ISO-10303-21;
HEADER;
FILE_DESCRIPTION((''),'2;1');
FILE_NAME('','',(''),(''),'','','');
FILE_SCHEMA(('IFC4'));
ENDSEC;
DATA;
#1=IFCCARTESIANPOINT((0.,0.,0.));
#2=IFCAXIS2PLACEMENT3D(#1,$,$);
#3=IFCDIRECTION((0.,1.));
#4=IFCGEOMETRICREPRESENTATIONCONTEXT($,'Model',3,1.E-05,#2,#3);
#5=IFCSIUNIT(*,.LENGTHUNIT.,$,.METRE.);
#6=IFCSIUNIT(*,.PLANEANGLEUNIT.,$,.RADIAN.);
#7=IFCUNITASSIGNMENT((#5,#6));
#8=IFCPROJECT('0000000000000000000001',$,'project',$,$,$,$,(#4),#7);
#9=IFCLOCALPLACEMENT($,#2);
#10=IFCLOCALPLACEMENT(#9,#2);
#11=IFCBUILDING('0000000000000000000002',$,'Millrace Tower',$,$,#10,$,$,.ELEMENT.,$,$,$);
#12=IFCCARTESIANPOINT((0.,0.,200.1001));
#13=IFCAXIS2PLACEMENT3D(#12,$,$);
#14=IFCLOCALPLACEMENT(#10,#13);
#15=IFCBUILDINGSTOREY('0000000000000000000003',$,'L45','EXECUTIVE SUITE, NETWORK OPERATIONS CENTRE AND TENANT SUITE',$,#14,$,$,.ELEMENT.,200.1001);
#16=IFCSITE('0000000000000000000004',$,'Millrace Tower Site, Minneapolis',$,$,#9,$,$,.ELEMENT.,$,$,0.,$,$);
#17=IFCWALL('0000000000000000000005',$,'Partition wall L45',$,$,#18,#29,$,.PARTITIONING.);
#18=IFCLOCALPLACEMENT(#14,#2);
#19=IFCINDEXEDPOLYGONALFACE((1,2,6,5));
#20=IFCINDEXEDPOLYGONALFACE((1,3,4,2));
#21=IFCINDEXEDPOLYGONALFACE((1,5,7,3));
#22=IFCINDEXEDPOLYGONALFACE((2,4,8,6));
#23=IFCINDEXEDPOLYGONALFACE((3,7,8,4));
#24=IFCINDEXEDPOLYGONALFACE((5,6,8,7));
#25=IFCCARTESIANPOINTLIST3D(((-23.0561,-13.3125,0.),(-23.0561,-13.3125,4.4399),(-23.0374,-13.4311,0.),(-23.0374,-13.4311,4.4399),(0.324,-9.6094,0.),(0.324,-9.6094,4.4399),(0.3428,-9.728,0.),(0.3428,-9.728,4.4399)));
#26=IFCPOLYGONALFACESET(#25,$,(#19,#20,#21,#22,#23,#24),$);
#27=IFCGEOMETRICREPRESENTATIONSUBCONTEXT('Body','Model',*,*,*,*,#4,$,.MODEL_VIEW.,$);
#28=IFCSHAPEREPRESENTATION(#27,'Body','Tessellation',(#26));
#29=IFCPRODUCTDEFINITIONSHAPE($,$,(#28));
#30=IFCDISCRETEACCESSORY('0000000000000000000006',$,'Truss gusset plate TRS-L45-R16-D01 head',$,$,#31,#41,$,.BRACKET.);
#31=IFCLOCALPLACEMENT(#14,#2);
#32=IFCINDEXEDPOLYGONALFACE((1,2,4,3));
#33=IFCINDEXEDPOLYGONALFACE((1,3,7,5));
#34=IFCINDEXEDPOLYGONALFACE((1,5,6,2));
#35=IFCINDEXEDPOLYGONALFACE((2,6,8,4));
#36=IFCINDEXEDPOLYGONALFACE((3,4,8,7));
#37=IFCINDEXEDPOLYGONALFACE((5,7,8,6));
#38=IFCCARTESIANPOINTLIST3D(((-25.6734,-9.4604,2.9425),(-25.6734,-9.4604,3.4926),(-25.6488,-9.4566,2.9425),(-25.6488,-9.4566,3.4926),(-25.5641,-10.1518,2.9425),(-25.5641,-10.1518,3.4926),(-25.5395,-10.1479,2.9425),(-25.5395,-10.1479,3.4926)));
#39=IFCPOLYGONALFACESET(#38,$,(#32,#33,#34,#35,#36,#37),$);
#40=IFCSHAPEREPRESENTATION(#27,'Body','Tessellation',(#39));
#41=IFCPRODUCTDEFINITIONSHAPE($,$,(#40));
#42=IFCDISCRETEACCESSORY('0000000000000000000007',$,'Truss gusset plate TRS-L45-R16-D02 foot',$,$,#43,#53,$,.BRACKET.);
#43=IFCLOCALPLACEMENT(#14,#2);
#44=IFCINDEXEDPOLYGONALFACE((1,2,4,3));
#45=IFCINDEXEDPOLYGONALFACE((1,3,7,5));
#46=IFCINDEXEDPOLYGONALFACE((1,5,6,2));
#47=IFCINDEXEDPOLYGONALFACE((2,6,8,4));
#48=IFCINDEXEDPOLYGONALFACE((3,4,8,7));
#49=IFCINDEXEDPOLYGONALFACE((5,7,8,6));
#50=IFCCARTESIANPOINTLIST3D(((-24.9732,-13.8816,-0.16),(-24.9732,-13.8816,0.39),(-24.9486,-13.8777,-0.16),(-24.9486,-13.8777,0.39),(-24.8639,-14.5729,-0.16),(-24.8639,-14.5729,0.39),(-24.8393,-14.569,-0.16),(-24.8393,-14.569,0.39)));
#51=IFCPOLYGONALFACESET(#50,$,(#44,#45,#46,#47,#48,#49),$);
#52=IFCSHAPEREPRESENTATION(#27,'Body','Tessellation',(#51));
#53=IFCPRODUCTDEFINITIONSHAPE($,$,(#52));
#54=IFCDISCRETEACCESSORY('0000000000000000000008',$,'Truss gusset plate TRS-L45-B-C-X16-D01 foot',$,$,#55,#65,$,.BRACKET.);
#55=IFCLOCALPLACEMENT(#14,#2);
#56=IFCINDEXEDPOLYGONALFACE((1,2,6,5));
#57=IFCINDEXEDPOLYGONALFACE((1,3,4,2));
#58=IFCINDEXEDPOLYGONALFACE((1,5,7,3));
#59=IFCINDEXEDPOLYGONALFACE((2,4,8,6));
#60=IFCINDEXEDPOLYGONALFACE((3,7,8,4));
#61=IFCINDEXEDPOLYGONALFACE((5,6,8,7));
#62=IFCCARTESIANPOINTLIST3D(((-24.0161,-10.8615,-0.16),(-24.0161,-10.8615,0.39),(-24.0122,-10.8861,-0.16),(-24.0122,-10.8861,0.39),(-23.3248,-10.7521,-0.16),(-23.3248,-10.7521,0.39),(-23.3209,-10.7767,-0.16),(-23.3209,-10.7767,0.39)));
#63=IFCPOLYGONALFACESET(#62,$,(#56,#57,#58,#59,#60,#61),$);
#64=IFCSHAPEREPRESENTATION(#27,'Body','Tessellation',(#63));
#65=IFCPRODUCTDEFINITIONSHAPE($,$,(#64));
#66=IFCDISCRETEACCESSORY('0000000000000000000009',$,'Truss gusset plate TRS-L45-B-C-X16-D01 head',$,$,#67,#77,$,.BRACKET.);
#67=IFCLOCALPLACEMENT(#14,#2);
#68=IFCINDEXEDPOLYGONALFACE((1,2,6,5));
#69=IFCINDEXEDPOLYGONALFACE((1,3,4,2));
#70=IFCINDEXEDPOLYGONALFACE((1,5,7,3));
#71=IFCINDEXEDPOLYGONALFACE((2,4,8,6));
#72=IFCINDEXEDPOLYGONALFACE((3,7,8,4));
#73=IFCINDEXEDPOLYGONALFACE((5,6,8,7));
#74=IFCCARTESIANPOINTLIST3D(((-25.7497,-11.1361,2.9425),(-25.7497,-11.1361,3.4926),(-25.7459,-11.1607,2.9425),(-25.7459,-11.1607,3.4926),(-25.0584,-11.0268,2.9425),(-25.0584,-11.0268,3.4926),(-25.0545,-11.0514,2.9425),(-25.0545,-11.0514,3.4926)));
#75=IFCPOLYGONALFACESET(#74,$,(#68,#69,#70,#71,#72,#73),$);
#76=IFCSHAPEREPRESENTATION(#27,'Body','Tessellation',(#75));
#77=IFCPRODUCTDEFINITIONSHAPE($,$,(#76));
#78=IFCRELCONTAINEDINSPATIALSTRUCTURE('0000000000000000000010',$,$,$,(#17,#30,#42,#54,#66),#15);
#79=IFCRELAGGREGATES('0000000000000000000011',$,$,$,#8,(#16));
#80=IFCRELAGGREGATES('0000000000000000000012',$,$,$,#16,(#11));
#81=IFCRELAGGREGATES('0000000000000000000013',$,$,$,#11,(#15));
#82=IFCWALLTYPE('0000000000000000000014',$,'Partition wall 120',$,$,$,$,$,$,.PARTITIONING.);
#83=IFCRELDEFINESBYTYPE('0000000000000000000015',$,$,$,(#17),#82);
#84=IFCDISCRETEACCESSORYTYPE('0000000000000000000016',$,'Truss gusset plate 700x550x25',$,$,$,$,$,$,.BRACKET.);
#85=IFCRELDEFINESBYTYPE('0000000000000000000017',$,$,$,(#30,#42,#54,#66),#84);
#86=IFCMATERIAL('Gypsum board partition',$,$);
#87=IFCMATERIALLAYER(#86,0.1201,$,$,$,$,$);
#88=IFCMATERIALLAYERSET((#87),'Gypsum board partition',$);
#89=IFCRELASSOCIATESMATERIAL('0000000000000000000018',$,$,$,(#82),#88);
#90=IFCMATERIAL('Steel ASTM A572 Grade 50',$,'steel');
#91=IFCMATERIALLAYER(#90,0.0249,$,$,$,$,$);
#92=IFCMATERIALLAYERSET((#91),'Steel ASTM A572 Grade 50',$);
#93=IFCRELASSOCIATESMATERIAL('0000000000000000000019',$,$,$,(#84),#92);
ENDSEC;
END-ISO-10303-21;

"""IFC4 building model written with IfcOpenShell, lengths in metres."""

from ifc_helpers import new_model, si_unit, direction, frame, frame_2d, origin, origin_2d, place, context, subcontext, project, spatial, rectangle, extrude, material, layer, layer_set, type_object, element, save


model = new_model("IFC4")

# Units and contexts
model_context = context("Model", 3, precision=1e-05, world=origin(), true_north=direction((0.0, 1.0)))
body_context = subcontext(model_context, "Body", "Model", "MODEL_VIEW")
ifc_project = project(units=[si_unit("LENGTHUNIT", "METRE"), si_unit("PLANEANGLEUNIT", "RADIAN")], contexts=[model_context])

# Site, building, storey
site_placement = place(None, origin())
site = spatial("IfcSite", under=ifc_project, at=site_placement, Name="Millrace Tower Site, Minneapolis", CompositionType="ELEMENT", RefElevation=0.0)
building_placement = place(site_placement, origin())
building = spatial("IfcBuilding", under=site, at=building_placement, Name="Millrace Tower", CompositionType="ELEMENT")
storey_placement = place(building_placement, frame((0.0, 0.0, 200.1001)))
storey = spatial("IfcBuildingStorey", under=building, at=storey_placement, Name="L45", Description="EXECUTIVE SUITE, NETWORK OPERATIONS CENTRE AND TENANT SUITE", CompositionType="ELEMENT", Elevation=200.1001)

# Wall
ifc_material_1 = material(Name="Gypsum board partition")
ifc_layer_1 = layer(ifc_material_1, 0.1201)
ifc_layer_set_1 = layer_set([ifc_layer_1], Name="Gypsum board partition")
wall_type = type_object("IfcWallType", Name="Partition wall 120", PredefinedType="PARTITIONING", material=ifc_layer_set_1)
wall_placement = place(storey_placement, frame((-23.0469, -13.3718, 0.0), z_axis=(0.0, 0.0, 1.0), x_axis=(0.987688, 0.156438, 0.0)))
element("IfcWall", 1, at=wall_placement, inside=storey, type_object=wall_type, Name="Partition wall L45", PredefinedType="PARTITIONING", context=body_context, shape_type="SweptSolid", body=[
    extrude(rectangle(XDim=23.6716, YDim=0.1201, at=frame_2d((11.8359, 0.0))), origin(), (0.0, 0.0, 1.0), 4.4399),
])

# Discrete accessories
ifc_material_2 = material(Name="Steel ASTM A572 Grade 50", Category="steel")
ifc_layer_2 = layer(ifc_material_2, 0.0249)
ifc_layer_set_2 = layer_set([ifc_layer_2], Name="Steel ASTM A572 Grade 50")
discrete_accessory_type = type_object("IfcDiscreteAccessoryType", Name="Truss gusset plate 700x550x25", PredefinedType="BRACKET", material=ifc_layer_set_2)
for number, where, z_axis, x_axis, name in (
    (2, (-25.6611, -9.4585, 3.2175), (0.156249, -0.987718, 0.0), (0.987718, 0.156249, 0.0), "Truss gusset plate TRS-L45-R16-D01 head"),
    (3, (-24.9609, -13.8796, 0.115), (0.156249, -0.987718, 0.0), (0.987718, 0.156249, 0.0), "Truss gusset plate TRS-L45-R16-D02 foot"),
    (4, (-24.0142, -10.8738, 0.115), (0.987718, 0.156249, 0.0), (-0.156249, 0.987718, 0.0), "Truss gusset plate TRS-L45-B-C-X16-D01 foot"),
    (5, (-25.7478, -11.1484, 3.2175), (0.987718, 0.156249, 0.0), (-0.156249, 0.987718, 0.0), "Truss gusset plate TRS-L45-B-C-X16-D01 head"),
):
    element("IfcDiscreteAccessory", number, at=place(storey_placement, frame(where, z_axis=z_axis, x_axis=x_axis)), inside=storey, type_object=discrete_accessory_type, Name=name, PredefinedType="BRACKET", context=body_context, shape_type="SweptSolid", body=[
        extrude(rectangle(XDim=0.0249, YDim=0.55, at=origin_2d()), origin(), (0.0, 0.0, 1.0), 0.7),
    ])

save(model, "model.ifc")
